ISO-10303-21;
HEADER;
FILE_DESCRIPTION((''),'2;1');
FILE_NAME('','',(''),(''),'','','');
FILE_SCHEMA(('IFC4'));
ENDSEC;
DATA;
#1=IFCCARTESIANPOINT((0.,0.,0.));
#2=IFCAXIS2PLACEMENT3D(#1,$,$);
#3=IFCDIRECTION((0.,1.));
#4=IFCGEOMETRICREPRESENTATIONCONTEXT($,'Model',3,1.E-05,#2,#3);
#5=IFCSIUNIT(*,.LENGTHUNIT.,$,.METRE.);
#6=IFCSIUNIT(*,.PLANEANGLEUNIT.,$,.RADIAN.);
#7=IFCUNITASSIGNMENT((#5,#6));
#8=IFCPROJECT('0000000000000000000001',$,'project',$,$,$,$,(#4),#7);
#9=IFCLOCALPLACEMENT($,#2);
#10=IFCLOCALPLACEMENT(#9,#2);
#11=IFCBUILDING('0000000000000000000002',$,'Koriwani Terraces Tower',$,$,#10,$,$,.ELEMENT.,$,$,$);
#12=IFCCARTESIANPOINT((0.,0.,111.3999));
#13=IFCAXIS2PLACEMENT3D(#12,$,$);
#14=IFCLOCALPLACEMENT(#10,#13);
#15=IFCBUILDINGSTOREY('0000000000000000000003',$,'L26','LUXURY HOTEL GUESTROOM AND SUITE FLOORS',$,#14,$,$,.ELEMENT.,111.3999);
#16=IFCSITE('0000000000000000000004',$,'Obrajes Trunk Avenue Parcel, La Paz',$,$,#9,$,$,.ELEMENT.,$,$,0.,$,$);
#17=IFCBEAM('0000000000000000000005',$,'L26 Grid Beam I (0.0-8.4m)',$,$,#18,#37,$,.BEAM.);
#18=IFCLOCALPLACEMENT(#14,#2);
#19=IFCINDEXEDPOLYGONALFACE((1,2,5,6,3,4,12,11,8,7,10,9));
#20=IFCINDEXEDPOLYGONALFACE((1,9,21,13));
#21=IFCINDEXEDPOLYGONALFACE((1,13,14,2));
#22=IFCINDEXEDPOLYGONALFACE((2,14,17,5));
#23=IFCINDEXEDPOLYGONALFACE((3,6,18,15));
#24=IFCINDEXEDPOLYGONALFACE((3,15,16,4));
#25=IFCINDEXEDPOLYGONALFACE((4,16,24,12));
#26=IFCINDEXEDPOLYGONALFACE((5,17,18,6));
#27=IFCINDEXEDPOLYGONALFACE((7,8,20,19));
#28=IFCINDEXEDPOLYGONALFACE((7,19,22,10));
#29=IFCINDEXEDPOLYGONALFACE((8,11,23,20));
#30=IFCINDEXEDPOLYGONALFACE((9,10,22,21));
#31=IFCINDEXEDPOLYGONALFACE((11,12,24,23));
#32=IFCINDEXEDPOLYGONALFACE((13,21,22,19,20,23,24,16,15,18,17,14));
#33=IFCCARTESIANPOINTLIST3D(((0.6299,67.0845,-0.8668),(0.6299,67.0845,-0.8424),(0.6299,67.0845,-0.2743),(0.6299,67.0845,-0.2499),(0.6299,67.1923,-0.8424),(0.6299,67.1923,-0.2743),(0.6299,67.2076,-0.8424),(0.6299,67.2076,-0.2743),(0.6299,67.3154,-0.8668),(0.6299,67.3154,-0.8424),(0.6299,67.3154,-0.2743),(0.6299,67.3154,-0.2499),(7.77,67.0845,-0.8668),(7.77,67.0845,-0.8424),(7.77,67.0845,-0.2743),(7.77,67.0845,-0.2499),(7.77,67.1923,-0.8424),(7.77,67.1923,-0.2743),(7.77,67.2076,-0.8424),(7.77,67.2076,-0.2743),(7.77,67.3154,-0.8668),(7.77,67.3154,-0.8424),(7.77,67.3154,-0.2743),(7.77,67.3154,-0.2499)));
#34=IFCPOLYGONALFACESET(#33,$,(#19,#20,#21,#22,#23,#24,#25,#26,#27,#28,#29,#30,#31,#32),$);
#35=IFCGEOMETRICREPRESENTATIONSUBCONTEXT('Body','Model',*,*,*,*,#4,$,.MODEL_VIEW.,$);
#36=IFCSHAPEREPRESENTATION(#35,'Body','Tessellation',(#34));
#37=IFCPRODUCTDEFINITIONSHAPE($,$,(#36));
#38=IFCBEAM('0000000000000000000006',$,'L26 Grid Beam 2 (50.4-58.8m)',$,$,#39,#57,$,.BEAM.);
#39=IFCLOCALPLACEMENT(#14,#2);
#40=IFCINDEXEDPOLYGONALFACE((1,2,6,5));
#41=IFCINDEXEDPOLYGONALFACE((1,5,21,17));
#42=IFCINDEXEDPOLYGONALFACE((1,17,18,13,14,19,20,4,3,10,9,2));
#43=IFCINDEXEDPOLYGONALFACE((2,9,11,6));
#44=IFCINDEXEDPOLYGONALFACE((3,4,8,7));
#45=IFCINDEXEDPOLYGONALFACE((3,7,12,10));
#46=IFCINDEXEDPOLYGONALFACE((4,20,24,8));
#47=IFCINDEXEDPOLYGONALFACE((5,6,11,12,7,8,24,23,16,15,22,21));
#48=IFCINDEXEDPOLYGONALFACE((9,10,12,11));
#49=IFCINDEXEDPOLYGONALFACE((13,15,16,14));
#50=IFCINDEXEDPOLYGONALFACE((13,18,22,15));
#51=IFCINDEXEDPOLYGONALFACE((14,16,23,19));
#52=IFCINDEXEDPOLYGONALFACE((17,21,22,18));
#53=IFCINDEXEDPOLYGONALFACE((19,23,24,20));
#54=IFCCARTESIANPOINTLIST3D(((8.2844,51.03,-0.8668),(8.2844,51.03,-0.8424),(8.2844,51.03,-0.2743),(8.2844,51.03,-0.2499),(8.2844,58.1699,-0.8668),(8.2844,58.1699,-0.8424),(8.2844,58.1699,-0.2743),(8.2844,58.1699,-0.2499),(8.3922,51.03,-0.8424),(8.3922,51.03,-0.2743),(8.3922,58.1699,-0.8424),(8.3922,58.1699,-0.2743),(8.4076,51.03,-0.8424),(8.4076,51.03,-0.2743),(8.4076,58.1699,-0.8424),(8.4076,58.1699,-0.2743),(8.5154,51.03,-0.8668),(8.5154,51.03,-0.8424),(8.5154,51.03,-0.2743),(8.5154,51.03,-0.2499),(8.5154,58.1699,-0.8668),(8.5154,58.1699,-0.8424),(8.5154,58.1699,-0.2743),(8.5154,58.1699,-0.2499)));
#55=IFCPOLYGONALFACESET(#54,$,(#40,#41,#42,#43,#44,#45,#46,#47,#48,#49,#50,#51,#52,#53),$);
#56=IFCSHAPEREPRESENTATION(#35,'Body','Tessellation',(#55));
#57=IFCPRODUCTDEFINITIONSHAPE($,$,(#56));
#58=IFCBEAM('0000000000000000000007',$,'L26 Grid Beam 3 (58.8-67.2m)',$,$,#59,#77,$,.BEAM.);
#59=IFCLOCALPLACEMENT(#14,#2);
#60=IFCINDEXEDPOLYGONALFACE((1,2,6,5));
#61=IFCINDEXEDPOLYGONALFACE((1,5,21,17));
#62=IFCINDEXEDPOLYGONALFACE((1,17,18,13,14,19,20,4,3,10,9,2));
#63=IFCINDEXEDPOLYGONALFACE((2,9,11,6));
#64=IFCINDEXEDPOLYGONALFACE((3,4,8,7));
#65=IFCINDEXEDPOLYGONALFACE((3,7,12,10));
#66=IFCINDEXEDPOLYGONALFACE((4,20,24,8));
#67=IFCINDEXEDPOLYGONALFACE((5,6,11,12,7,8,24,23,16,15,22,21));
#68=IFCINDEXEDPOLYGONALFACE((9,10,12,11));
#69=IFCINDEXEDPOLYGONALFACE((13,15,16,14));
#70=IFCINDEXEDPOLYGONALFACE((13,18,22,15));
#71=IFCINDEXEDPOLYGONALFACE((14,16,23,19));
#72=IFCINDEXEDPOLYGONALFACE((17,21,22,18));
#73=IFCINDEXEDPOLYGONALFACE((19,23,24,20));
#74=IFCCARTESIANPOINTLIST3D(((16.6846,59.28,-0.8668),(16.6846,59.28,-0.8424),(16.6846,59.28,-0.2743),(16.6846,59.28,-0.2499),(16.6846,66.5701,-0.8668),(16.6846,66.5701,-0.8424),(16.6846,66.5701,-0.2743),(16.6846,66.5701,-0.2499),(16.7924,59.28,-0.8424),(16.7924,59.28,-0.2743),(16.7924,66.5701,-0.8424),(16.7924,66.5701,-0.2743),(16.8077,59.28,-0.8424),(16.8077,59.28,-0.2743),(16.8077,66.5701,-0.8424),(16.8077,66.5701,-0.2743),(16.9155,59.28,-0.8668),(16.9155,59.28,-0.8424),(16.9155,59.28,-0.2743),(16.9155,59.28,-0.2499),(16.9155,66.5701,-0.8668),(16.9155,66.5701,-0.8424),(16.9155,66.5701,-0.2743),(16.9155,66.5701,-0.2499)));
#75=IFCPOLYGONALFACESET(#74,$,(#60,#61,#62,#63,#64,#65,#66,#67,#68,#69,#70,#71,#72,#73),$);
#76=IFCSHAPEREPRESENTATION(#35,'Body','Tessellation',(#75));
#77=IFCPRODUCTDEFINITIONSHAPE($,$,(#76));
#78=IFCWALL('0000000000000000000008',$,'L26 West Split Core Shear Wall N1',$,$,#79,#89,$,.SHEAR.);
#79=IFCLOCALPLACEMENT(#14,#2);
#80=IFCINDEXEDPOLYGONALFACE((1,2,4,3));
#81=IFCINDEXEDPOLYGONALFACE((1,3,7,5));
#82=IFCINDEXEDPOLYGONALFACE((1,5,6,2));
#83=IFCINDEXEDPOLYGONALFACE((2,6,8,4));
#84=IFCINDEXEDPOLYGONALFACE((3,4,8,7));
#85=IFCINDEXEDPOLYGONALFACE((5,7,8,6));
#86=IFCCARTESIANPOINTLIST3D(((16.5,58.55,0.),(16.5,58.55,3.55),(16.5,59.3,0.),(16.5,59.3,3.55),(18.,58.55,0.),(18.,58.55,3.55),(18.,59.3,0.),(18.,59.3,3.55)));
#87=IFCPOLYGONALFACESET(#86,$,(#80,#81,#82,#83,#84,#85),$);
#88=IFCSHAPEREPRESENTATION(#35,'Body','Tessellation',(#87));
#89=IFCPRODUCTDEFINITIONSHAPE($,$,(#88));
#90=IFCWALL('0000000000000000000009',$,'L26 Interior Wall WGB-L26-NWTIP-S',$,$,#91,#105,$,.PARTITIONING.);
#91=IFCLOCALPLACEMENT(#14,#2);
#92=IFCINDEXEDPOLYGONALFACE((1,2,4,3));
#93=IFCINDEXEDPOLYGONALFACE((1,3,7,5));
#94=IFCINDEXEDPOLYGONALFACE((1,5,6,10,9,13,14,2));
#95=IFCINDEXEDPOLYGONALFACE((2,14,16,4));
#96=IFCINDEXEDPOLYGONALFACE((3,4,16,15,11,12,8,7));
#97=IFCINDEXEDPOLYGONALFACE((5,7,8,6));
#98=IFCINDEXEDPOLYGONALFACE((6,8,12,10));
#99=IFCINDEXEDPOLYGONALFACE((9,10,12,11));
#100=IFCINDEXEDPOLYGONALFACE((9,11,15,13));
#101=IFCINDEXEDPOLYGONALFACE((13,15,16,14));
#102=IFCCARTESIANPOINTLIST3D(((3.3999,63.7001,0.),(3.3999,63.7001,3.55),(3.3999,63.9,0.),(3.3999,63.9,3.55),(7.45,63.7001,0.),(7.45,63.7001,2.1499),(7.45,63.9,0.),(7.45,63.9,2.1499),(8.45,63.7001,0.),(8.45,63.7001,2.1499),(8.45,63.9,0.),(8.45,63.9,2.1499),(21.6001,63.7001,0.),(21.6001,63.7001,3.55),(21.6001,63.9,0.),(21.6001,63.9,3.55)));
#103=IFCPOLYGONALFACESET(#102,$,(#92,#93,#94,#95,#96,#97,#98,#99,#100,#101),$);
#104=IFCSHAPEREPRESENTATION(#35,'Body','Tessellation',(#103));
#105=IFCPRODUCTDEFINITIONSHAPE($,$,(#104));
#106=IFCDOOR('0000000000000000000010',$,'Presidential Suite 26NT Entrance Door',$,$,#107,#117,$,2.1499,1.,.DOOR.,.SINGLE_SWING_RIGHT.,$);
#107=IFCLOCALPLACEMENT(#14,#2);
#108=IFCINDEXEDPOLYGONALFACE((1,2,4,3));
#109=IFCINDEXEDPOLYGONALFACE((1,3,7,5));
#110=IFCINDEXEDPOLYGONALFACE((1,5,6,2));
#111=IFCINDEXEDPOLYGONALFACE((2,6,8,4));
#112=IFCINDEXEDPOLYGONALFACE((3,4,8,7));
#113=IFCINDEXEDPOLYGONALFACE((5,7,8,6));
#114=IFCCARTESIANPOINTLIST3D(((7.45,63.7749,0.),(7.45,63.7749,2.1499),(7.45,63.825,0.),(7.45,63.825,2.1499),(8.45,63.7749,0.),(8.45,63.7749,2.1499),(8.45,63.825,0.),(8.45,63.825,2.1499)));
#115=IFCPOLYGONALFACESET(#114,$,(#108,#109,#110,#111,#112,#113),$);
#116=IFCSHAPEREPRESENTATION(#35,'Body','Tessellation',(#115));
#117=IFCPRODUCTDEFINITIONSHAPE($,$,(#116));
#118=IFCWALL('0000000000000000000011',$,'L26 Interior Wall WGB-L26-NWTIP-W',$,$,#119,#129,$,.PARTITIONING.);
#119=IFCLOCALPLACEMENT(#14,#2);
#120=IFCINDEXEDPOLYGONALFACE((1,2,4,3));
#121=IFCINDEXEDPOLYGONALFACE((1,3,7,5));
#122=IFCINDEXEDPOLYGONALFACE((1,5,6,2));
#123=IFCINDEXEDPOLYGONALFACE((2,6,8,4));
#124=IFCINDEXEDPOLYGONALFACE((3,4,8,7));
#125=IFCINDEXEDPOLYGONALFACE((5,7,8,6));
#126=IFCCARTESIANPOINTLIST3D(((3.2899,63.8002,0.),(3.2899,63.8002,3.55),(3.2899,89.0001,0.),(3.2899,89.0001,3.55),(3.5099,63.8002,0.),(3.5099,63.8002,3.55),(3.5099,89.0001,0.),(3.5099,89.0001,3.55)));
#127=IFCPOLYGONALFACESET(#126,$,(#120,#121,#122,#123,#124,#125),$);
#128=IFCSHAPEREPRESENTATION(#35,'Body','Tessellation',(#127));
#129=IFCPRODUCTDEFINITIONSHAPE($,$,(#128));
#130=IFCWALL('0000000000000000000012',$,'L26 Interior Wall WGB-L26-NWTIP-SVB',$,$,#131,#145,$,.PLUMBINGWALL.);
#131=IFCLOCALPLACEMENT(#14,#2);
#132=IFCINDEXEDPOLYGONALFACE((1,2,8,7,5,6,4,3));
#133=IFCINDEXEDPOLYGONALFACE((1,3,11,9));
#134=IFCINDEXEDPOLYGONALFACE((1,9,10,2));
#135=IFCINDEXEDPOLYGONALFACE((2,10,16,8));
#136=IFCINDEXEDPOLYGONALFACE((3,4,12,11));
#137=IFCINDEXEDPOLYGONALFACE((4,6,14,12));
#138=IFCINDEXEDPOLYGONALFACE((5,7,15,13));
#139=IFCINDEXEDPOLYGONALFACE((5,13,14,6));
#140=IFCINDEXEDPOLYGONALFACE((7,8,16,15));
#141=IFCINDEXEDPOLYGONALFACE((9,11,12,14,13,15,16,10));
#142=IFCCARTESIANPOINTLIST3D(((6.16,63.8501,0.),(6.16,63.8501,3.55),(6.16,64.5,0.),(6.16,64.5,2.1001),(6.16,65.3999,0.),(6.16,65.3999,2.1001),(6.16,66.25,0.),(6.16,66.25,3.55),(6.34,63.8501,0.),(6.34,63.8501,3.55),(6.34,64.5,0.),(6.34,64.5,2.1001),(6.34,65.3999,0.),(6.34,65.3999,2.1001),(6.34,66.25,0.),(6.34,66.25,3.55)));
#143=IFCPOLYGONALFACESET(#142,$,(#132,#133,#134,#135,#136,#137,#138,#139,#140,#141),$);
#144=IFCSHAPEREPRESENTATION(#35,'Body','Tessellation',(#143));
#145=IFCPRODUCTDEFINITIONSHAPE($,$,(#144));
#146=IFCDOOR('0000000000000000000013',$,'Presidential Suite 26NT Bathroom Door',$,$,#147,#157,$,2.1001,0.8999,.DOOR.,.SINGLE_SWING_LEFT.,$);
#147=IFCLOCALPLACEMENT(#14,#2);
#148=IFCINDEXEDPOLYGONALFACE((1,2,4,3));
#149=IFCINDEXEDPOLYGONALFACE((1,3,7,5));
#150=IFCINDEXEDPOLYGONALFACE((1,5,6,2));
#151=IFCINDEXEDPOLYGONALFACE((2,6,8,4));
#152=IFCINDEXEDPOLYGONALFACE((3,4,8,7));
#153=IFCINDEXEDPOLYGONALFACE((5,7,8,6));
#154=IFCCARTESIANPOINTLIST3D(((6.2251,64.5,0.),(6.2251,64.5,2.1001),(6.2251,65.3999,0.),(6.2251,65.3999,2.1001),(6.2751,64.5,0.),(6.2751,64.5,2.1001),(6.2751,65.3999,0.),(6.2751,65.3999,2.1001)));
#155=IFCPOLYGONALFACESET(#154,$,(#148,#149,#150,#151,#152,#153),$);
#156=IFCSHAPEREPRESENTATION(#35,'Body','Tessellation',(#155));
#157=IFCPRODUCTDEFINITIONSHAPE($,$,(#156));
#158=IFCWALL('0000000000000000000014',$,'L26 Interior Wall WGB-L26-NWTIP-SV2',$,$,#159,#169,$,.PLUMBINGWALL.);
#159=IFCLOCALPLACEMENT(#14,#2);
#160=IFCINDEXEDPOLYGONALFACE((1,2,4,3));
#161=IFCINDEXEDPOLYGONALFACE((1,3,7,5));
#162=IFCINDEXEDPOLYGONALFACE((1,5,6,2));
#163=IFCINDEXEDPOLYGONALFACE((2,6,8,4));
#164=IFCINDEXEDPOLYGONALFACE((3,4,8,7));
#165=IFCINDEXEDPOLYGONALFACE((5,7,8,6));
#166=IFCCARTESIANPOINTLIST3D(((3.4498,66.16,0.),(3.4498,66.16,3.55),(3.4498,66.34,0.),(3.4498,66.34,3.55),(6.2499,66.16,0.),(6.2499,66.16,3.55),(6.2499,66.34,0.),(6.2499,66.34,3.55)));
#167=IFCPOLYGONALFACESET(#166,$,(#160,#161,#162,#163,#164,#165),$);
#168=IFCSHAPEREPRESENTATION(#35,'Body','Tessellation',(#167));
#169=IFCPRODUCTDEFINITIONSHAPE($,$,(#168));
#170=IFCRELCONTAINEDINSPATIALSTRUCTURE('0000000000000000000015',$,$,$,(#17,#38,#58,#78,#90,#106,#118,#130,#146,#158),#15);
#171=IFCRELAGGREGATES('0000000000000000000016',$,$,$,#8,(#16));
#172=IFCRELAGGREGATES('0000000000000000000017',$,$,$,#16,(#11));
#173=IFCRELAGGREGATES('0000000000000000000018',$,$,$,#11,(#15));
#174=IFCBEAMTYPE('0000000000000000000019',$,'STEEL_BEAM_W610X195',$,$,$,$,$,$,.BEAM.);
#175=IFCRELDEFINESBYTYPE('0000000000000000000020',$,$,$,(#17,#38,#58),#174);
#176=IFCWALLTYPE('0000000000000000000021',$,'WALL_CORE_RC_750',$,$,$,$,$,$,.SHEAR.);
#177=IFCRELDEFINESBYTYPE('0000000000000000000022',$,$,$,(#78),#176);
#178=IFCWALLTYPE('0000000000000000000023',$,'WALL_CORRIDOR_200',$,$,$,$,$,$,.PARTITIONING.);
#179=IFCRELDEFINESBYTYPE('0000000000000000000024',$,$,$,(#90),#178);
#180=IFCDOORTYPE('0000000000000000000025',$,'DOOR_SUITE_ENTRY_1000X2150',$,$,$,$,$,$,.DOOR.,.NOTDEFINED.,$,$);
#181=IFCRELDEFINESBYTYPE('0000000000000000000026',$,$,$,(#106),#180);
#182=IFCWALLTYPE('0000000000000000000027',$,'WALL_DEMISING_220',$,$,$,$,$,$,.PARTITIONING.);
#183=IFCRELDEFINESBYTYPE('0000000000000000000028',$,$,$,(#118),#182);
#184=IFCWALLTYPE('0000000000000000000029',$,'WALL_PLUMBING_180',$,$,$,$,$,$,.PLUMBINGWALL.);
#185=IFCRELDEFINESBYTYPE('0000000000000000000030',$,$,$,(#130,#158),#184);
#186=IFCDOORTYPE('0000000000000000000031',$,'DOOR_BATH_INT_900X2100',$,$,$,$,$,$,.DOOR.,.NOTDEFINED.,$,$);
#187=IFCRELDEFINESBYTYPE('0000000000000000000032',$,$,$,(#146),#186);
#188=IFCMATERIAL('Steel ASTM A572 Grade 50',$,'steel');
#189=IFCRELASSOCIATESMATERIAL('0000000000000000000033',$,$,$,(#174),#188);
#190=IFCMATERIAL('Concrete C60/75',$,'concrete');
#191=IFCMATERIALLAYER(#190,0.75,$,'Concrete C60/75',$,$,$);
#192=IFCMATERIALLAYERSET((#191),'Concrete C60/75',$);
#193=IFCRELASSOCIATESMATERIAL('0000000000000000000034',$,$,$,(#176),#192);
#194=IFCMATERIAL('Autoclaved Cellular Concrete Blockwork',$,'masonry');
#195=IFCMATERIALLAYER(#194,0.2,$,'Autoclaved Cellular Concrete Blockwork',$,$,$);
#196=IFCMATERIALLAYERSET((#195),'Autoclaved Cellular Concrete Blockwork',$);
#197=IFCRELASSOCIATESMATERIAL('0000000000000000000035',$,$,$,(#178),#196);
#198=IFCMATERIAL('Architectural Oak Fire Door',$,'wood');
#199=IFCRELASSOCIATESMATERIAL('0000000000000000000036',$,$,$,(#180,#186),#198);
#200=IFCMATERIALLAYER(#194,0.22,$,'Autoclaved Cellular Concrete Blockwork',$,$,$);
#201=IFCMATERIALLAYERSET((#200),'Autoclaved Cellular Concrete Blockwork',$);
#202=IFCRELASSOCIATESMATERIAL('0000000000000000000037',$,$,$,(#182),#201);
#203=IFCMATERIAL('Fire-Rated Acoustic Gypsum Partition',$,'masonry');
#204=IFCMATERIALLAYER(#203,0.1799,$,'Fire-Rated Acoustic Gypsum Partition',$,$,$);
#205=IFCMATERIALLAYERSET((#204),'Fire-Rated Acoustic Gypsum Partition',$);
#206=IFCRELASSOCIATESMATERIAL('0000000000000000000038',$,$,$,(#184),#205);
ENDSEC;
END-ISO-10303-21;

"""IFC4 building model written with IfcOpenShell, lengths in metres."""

from ifc_helpers import new_model, si_unit, direction, frame, frame_2d, origin, origin_2d, place, context, subcontext, project, spatial, rectangle, i_section, extrude, material, layer, layer_set, material_profile, profile_set, type_object, element, fill, save


model = new_model("IFC4")

# Units and contexts
model_context = context("Model", 3, precision=1e-05, world=origin(), true_north=direction((0.0, 1.0)))
body_context = subcontext(model_context, "Body", "Model", "MODEL_VIEW")
ifc_project = project(units=[si_unit("LENGTHUNIT", "METRE"), si_unit("PLANEANGLEUNIT", "RADIAN")], contexts=[model_context])

# Site, building, storey
site_placement = place(None, origin())
site = spatial("IfcSite", under=ifc_project, at=site_placement, Name="Obrajes Trunk Avenue Parcel, La Paz", CompositionType="ELEMENT", RefElevation=0.0)
building_placement = place(site_placement, origin())
building = spatial("IfcBuilding", under=site, at=building_placement, Name="Koriwani Terraces Tower", CompositionType="ELEMENT")
storey_placement = place(building_placement, frame((0.0, 0.0, 111.3999)))
storey = spatial("IfcBuildingStorey", under=building, at=storey_placement, Name="L26", Description="LUXURY HOTEL GUESTROOM AND SUITE FLOORS", CompositionType="ELEMENT", Elevation=111.3999)

# Shared definitions
ifc_material_1 = material(Name="Concrete C60/75", Category="concrete")

# Beams
ifc_material_2 = material(Name="Steel ASTM A572 Grade 50", Category="steel")
ifc_material_profile_1 = material_profile(ifc_material_2, i_section(OverallWidth=0.231, OverallDepth=0.6169, WebThickness=0.0154, FlangeThickness=0.0244, at=origin_2d()), Name="Steel ASTM A572 Grade 50", Category="LoadBearing")
ifc_profile_set_1 = profile_set([ifc_material_profile_1], Name="Steel ASTM A572 Grade 50")
beam_type_1 = type_object("IfcBeamType", Name="STEEL_BEAM_W610X195", PredefinedType="BEAM", material=ifc_profile_set_1)
beam_1_placement = place(storey_placement, frame((0.6299, 67.2, -0.5583), z_axis=(1.0, 0.0, 0.0), x_axis=(0.0, 1.0, 0.0)))
element("IfcBeam", 1, at=beam_1_placement, inside=storey, type_object=beam_type_1, Name="L26 Grid Beam I (0.0-8.4m)", PredefinedType="BEAM", context=body_context, shape_type="SweptSolid", body=[
    extrude(i_section(OverallWidth=0.231, OverallDepth=0.6169, WebThickness=0.0154, FlangeThickness=0.0244, at=origin_2d()), origin(), (0.0, 0.0, 1.0), 7.1401),
])
beam_2_placement = place(storey_placement, frame((8.3999, 51.03, -0.5583), z_axis=(0.0, 1.0, 0.0), x_axis=(-1.0, 0.0, 0.0)))
element("IfcBeam", 2, at=beam_2_placement, inside=storey, type_object=beam_type_1, Name="L26 Grid Beam 2 (50.4-58.8m)", PredefinedType="BEAM", context=body_context, shape_type="SweptSolid", body=[
    extrude(i_section(OverallWidth=0.231, OverallDepth=0.6169, WebThickness=0.0154, FlangeThickness=0.0244, at=origin_2d()), origin(), (0.0, 0.0, 1.0), 7.1399),
])
beam_3_placement = place(storey_placement, frame((16.8, 59.28, -0.5583), z_axis=(0.0, 1.0, 0.0), x_axis=(-1.0, 0.0, 0.0)))
element("IfcBeam", 3, at=beam_3_placement, inside=storey, type_object=beam_type_1, Name="L26 Grid Beam 3 (58.8-67.2m)", PredefinedType="BEAM", context=body_context, shape_type="SweptSolid", body=[
    extrude(i_section(OverallWidth=0.231, OverallDepth=0.6169, WebThickness=0.0154, FlangeThickness=0.0244, at=origin_2d()), origin(), (0.0, 0.0, 1.0), 7.29),
])

# Wall
ifc_layer_1 = layer(ifc_material_1, 0.75, Name="Concrete C60/75")
ifc_layer_set_1 = layer_set([ifc_layer_1], Name="Concrete C60/75")
wall_type_1 = type_object("IfcWallType", Name="WALL_CORE_RC_750", PredefinedType="SHEAR", material=ifc_layer_set_1)
wall_1_placement = place(storey_placement, frame((16.5, 58.925, 0.0), z_axis=(0.0, 0.0, 1.0), x_axis=(1.0, 0.0, 0.0)))
element("IfcWall", 4, at=wall_1_placement, inside=storey, type_object=wall_type_1, Name="L26 West Split Core Shear Wall N1", PredefinedType="SHEAR", context=body_context, shape_type="SweptSolid", body=[
    extrude(rectangle(XDim=1.5, YDim=0.75, at=frame_2d((0.75, 0.0))), origin(), (0.0, 0.0, 1.0), 3.55),
])

# Wall, opening, door
ifc_material_3 = material(Name="Autoclaved Cellular Concrete Blockwork", Category="masonry")
ifc_layer_2 = layer(ifc_material_3, 0.2, Name="Autoclaved Cellular Concrete Blockwork")
ifc_layer_set_2 = layer_set([ifc_layer_2], Name="Autoclaved Cellular Concrete Blockwork")
wall_type_2 = type_object("IfcWallType", Name="WALL_CORRIDOR_200", PredefinedType="PARTITIONING", material=ifc_layer_set_2)
wall_2_placement = place(storey_placement, frame((3.3999, 63.8, 0.0), z_axis=(0.0, 0.0, 1.0), x_axis=(1.0, 0.0, 0.0)))
wall_2 = element("IfcWall", 5, at=wall_2_placement, inside=storey, type_object=wall_type_2, Name="L26 Interior Wall WGB-L26-NWTIP-S", PredefinedType="PARTITIONING", context=body_context, shape_type="SweptSolid", body=[
    extrude(rectangle(XDim=18.2002, YDim=0.2, at=frame_2d((9.1001, 0.0))), origin(), (0.0, 0.0, 1.0), 3.55),
])
opening_1_placement = place(wall_2_placement, frame((4.05, 0.0, 0.0)))
opening_1 = element("IfcOpeningElement", 6, at=opening_1_placement, cuts=wall_2, PredefinedType="OPENING", context=body_context, shape_type="SweptSolid", body=[
    extrude(rectangle(XDim=1.0, YDim=2.1499, at=frame_2d((0.5, 1.075))), frame((0.0, 0.1099, 0.0), z_axis=(0.0, -1.0, 0.0), x_axis=(1.0, 0.0, 0.0)), (0.0, 0.0, 1.0), 0.22),
])
ifc_material_4 = material(Name="Architectural Oak Fire Door", Category="wood")
door_type_1 = type_object("IfcDoorType", Name="DOOR_SUITE_ENTRY_1000X2150", OperationType="NOTDEFINED", PredefinedType="DOOR", material=ifc_material_4)
door_1_placement = place(opening_1_placement, origin())
door_1 = element("IfcDoor", 7, at=door_1_placement, inside=storey, type_object=door_type_1, Name="Presidential Suite 26NT Entrance Door", OperationType="SINGLE_SWING_RIGHT", OverallHeight=2.1499, OverallWidth=1.0, PredefinedType="DOOR", context=body_context, shape_type="SweptSolid", body=[
    extrude(rectangle(XDim=1.0, YDim=2.1499, at=frame_2d((0.5, 1.075))), frame((0.0, 0.0249, 0.0), z_axis=(0.0, -1.0, 0.0), x_axis=(1.0, 0.0, 0.0)), (0.0, 0.0, 1.0), 0.05),
])
fill(opening_1, door_1)

# Wall
ifc_layer_3 = layer(ifc_material_3, 0.22, Name="Autoclaved Cellular Concrete Blockwork")
ifc_layer_set_3 = layer_set([ifc_layer_3], Name="Autoclaved Cellular Concrete Blockwork")
wall_type_3 = type_object("IfcWallType", Name="WALL_DEMISING_220", PredefinedType="PARTITIONING", material=ifc_layer_set_3)
wall_3_placement = place(storey_placement, frame((3.3999, 63.8, 0.0), z_axis=(0.0, 0.0, 1.0), x_axis=(0.0, 1.0, 0.0)))
element("IfcWall", 8, at=wall_3_placement, inside=storey, type_object=wall_type_3, Name="L26 Interior Wall WGB-L26-NWTIP-W", PredefinedType="PARTITIONING", context=body_context, shape_type="SweptSolid", body=[
    extrude(rectangle(XDim=25.2, YDim=0.22, at=frame_2d((12.6001, 0.0))), origin(), (0.0, 0.0, 1.0), 3.55),
])

# Wall, opening, door
ifc_material_5 = material(Name="Fire-Rated Acoustic Gypsum Partition", Category="masonry")
ifc_layer_4 = layer(ifc_material_5, 0.1799, Name="Fire-Rated Acoustic Gypsum Partition")
ifc_layer_set_4 = layer_set([ifc_layer_4], Name="Fire-Rated Acoustic Gypsum Partition")
wall_type_4 = type_object("IfcWallType", Name="WALL_PLUMBING_180", PredefinedType="PLUMBINGWALL", material=ifc_layer_set_4)
wall_4_placement = place(storey_placement, frame((6.25, 63.8501, 0.0), z_axis=(0.0, 0.0, 1.0), x_axis=(0.0, 1.0, 0.0)))
wall_4 = element("IfcWall", 9, at=wall_4_placement, inside=storey, type_object=wall_type_4, Name="L26 Interior Wall WGB-L26-NWTIP-SVB", PredefinedType="PLUMBINGWALL", context=body_context, shape_type="SweptSolid", body=[
    extrude(rectangle(XDim=2.3999, YDim=0.1799, at=frame_2d((1.2, 0.0))), origin(), (0.0, 0.0, 1.0), 3.55),
])
opening_2_placement = place(wall_4_placement, frame((0.6499, 0.0, 0.0)))
opening_2 = element("IfcOpeningElement", 10, at=opening_2_placement, cuts=wall_4, PredefinedType="OPENING", context=body_context, shape_type="SweptSolid", body=[
    extrude(rectangle(XDim=0.8999, YDim=2.1001, at=frame_2d((0.45, 1.05))), frame((0.0, 0.1001, 0.0), z_axis=(0.0, -1.0, 0.0), x_axis=(1.0, 0.0, 0.0)), (0.0, 0.0, 1.0), 0.2),
])
door_type_2 = type_object("IfcDoorType", Name="DOOR_BATH_INT_900X2100", OperationType="NOTDEFINED", PredefinedType="DOOR", material=ifc_material_4)
door_2_placement = place(opening_2_placement, origin())
door_2 = element("IfcDoor", 11, at=door_2_placement, inside=storey, type_object=door_type_2, Name="Presidential Suite 26NT Bathroom Door", OperationType="SINGLE_SWING_LEFT", OverallHeight=2.1001, OverallWidth=0.8999, PredefinedType="DOOR", context=body_context, shape_type="SweptSolid", body=[
    extrude(rectangle(XDim=0.8999, YDim=2.1001, at=frame_2d((0.45, 1.05))), frame((0.0, 0.0249, 0.0), z_axis=(0.0, -1.0, 0.0), x_axis=(1.0, 0.0, 0.0)), (0.0, 0.0, 1.0), 0.05),
])
fill(opening_2, door_2)

# Wall
wall_5_placement = place(storey_placement, frame((3.45, 66.25, 0.0), z_axis=(0.0, 0.0, 1.0), x_axis=(1.0, 0.0, 0.0)))
element("IfcWall", 12, at=wall_5_placement, inside=storey, type_object=wall_type_4, Name="L26 Interior Wall WGB-L26-NWTIP-SV2", PredefinedType="PLUMBINGWALL", context=body_context, shape_type="SweptSolid", body=[
    extrude(rectangle(XDim=2.8, YDim=0.1799, at=frame_2d((1.3999, 0.0))), origin(), (0.0, 0.0, 1.0), 3.55),
])

save(model, "model.ifc")
